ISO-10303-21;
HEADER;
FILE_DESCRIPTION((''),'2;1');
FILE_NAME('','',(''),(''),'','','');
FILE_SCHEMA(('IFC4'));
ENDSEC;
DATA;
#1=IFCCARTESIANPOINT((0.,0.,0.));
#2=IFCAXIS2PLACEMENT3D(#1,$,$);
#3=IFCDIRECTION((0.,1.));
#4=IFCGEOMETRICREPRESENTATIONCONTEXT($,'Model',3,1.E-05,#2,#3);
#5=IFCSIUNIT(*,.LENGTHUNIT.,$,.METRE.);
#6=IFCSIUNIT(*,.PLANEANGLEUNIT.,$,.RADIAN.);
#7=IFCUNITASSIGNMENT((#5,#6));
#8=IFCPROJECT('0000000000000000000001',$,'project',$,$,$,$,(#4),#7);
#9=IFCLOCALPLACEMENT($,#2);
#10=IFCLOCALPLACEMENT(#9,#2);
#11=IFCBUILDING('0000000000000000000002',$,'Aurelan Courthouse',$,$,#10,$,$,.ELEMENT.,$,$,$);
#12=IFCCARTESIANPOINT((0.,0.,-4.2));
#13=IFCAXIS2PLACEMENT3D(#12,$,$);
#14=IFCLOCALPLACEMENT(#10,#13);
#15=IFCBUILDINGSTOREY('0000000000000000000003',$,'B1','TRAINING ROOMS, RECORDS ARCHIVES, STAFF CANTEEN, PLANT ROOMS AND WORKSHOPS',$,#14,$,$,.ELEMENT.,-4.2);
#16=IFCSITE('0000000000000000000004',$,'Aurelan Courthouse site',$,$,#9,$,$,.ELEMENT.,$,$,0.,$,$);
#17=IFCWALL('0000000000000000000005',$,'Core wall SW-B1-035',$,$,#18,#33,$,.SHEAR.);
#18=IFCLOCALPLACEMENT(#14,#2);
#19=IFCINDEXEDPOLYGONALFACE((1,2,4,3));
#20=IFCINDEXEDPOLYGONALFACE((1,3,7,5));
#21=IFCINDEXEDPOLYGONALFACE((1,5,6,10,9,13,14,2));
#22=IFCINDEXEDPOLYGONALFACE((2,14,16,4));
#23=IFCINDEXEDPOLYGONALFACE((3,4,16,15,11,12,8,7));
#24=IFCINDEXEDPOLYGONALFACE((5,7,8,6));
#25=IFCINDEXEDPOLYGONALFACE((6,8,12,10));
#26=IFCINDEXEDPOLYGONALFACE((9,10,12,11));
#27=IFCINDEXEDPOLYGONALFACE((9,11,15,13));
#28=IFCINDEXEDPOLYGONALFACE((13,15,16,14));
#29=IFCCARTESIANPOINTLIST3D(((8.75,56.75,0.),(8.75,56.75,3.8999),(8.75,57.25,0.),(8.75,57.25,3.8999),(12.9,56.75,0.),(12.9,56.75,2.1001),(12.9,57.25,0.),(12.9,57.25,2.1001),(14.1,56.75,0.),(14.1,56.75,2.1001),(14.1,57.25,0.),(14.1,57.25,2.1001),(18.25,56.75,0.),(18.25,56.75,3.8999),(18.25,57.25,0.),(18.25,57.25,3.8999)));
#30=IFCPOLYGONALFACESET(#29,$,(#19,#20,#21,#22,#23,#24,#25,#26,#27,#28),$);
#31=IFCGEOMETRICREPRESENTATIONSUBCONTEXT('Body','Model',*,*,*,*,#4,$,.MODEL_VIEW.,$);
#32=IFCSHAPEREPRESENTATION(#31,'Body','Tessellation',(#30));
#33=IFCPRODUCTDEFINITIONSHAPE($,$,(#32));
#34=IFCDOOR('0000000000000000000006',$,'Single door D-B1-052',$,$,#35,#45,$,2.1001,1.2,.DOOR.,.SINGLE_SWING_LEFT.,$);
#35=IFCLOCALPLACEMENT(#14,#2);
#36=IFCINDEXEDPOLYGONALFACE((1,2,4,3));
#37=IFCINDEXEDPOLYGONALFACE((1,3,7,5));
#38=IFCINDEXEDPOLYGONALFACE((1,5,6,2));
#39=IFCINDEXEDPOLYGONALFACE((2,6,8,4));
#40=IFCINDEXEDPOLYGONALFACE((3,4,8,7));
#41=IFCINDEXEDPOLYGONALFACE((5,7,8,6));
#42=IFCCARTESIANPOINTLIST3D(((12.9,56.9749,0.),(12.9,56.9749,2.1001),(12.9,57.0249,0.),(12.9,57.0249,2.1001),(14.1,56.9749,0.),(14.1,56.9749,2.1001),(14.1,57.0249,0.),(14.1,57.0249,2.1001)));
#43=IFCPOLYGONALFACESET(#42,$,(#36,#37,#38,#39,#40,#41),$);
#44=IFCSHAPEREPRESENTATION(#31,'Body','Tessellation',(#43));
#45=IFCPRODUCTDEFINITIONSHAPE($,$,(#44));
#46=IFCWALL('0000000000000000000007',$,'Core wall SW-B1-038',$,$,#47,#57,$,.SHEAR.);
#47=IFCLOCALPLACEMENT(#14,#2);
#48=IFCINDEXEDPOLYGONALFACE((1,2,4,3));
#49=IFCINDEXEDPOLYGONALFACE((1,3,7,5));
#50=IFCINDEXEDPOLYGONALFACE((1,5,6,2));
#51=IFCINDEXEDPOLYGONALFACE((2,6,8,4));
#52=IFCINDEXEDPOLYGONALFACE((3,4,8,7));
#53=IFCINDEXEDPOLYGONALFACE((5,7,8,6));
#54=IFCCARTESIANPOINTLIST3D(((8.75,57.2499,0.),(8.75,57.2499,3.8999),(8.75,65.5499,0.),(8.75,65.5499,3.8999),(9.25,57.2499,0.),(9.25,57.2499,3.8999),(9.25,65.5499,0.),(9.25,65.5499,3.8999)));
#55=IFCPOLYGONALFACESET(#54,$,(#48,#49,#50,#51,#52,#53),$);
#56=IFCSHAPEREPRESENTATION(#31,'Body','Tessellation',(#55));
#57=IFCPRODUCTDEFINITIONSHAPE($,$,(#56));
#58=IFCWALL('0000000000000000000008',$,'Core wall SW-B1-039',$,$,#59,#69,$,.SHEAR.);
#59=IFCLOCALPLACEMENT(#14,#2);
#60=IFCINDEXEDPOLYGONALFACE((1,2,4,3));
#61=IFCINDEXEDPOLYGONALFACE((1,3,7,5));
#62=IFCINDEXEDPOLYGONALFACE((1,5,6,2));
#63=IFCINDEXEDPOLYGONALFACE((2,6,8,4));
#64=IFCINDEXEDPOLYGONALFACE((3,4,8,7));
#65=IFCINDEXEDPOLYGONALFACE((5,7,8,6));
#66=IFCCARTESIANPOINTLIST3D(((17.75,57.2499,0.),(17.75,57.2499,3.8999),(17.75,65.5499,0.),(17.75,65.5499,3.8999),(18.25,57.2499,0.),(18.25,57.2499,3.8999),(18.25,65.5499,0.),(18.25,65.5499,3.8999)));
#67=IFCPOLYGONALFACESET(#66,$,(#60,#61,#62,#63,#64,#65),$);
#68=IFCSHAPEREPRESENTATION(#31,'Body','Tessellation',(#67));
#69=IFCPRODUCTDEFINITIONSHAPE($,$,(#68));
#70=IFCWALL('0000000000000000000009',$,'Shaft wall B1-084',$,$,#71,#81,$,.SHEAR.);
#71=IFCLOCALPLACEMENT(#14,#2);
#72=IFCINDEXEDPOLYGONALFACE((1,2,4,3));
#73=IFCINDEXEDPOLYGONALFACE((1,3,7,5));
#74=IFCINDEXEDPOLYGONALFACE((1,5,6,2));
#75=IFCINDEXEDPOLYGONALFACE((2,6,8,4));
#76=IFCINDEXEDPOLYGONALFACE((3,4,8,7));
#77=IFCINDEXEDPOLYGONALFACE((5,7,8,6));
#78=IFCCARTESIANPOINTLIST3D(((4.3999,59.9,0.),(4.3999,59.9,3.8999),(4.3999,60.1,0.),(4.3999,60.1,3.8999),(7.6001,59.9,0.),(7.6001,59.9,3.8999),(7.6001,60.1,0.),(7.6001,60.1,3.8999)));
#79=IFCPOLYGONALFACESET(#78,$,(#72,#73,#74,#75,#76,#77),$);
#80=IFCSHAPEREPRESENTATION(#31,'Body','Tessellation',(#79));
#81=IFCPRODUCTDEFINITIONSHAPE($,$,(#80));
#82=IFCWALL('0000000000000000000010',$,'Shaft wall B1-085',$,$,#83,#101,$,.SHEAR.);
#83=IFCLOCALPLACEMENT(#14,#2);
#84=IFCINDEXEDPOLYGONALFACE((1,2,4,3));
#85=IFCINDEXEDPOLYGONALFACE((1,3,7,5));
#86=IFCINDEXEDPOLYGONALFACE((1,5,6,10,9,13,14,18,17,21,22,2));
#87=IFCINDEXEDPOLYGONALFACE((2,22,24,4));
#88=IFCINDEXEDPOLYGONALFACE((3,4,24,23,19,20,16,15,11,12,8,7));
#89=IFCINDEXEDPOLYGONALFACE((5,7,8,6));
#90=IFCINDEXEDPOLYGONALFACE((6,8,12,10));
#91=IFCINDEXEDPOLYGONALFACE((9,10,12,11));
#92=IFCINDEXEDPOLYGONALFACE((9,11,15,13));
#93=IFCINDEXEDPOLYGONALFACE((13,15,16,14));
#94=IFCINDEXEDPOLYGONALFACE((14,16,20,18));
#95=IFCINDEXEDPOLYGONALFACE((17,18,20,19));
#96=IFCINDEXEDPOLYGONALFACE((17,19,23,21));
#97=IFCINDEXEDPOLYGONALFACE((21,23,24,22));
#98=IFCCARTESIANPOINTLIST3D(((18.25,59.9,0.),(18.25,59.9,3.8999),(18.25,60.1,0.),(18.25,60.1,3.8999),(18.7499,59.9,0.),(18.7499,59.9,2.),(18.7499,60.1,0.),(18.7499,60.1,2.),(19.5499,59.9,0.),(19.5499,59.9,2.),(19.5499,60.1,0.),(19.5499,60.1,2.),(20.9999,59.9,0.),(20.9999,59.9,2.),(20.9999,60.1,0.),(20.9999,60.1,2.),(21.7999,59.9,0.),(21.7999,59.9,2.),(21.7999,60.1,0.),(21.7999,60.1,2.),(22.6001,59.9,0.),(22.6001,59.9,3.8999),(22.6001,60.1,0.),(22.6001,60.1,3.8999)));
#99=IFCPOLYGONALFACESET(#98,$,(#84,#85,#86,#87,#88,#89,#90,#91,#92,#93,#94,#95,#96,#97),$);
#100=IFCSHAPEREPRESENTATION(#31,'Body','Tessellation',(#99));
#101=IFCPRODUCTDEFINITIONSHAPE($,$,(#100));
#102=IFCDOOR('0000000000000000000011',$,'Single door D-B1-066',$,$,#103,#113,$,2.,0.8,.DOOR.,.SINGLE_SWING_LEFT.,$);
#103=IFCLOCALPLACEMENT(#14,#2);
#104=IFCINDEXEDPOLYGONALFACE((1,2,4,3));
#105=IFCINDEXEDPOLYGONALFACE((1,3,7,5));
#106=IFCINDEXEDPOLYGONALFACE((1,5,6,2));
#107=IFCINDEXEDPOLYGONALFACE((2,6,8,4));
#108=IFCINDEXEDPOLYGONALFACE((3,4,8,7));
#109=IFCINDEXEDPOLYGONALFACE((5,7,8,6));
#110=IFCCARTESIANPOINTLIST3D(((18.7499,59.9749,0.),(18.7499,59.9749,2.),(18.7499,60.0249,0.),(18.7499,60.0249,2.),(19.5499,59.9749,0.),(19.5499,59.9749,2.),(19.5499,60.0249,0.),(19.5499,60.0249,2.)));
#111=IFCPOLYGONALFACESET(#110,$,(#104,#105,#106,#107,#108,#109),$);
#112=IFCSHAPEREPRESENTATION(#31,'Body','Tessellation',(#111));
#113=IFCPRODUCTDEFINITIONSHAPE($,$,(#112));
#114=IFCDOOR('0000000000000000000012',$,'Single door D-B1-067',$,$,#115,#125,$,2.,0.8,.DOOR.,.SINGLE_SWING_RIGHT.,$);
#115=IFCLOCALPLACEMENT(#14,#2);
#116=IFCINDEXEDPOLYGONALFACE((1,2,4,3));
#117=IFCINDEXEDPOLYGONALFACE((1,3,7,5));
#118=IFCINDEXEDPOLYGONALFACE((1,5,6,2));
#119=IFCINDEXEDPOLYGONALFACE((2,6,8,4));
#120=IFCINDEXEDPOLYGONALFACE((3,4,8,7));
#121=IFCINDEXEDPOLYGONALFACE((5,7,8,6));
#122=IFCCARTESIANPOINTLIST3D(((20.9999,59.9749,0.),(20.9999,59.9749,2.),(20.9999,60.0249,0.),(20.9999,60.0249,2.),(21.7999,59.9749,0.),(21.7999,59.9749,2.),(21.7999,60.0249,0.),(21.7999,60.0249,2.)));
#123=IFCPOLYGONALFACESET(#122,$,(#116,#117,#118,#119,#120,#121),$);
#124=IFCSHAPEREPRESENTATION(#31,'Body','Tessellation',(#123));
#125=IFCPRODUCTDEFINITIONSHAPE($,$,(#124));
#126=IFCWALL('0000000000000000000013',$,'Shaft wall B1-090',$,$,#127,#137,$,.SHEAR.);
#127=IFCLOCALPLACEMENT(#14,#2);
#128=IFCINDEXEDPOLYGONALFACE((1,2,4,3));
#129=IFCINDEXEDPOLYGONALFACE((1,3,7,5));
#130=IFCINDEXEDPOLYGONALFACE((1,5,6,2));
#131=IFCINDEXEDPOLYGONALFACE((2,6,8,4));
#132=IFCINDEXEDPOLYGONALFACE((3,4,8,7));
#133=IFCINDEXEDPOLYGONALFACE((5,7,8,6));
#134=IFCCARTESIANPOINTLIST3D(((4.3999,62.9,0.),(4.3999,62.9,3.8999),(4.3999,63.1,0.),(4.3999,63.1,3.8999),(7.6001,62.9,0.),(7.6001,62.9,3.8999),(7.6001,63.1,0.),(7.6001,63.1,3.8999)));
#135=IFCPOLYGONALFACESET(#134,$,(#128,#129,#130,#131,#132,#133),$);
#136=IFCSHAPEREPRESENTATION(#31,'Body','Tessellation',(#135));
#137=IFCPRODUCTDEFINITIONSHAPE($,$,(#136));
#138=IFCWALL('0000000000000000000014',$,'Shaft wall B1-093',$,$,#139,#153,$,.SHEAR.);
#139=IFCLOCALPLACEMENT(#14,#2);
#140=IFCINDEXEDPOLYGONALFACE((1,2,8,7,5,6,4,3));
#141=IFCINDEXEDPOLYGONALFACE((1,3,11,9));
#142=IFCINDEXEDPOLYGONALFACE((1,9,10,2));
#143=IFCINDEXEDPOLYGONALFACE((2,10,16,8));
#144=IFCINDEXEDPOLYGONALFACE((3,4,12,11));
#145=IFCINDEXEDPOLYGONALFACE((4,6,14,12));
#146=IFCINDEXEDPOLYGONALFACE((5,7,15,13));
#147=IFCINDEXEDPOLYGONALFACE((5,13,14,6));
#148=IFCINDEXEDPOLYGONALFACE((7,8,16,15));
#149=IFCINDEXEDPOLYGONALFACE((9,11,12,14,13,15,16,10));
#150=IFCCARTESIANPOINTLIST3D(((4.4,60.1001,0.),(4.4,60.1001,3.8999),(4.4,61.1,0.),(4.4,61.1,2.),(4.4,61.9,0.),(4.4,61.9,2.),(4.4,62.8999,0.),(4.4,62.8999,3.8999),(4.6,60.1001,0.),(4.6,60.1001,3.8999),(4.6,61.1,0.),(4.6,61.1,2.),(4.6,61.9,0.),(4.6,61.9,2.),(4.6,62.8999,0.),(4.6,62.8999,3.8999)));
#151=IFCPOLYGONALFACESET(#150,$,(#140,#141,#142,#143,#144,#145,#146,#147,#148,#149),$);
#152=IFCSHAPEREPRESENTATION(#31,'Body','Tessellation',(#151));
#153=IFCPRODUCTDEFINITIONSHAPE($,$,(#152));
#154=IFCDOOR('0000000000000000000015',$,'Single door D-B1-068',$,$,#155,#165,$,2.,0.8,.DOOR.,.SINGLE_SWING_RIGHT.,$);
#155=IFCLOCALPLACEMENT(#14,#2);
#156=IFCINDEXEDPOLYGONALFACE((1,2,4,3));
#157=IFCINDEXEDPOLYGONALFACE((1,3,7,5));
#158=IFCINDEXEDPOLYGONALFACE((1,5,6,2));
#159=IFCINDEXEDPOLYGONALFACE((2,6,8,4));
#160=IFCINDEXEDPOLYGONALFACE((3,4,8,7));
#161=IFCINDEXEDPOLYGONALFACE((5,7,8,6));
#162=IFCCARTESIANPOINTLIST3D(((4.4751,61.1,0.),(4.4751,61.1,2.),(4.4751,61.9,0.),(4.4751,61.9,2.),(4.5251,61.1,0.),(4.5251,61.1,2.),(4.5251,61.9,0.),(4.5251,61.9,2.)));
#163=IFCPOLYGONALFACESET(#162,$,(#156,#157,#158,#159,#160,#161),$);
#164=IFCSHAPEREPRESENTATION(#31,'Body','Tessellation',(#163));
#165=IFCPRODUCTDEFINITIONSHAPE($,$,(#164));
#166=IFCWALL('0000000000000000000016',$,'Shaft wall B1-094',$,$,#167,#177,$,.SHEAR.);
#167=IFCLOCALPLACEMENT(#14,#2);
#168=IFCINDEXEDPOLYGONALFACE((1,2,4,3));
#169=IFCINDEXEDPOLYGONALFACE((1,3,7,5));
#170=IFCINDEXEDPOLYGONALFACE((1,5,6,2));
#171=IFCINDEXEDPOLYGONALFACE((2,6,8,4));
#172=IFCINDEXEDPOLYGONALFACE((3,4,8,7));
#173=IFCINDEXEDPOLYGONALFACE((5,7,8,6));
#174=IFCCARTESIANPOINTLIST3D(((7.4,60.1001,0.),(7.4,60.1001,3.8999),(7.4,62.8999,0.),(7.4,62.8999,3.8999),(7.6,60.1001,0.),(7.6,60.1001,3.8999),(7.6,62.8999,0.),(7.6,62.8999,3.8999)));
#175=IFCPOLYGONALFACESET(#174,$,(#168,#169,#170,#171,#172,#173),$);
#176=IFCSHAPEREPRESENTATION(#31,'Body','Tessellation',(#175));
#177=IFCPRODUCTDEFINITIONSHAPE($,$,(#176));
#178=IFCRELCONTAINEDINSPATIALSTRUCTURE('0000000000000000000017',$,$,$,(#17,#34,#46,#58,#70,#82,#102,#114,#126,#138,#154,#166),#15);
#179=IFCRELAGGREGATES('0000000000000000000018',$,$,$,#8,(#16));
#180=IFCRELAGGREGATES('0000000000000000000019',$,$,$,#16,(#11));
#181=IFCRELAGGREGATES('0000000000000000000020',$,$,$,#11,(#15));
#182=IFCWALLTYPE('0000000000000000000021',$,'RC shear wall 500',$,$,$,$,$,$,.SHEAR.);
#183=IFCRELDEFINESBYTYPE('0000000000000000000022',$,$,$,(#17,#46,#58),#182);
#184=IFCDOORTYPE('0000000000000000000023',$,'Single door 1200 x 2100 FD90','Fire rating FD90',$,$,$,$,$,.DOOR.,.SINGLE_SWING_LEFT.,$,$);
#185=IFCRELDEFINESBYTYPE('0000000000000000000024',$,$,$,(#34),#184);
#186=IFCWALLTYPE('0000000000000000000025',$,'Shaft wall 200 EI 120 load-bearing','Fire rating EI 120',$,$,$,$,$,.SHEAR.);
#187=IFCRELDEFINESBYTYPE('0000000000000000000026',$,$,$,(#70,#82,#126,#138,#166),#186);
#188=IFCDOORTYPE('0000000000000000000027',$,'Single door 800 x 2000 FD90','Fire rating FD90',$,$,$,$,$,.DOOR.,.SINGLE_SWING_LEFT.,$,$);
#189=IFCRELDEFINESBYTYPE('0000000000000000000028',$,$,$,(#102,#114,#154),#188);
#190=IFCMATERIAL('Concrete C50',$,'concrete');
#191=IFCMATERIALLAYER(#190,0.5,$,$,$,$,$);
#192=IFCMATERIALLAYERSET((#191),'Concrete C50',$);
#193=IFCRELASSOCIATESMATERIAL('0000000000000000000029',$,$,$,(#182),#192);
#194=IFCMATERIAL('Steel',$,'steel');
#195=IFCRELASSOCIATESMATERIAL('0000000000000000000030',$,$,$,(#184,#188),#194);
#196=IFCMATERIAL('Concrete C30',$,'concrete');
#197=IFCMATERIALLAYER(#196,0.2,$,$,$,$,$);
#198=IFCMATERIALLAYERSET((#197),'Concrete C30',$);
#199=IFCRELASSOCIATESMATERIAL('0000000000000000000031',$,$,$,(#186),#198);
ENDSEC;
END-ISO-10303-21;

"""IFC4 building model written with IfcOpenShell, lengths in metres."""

from ifc_helpers import new_model, si_unit, direction, frame, frame_2d, origin, place, context, subcontext, project, spatial, rectangle, extrude, material, layer, layer_set, type_object, element, fill, save


model = new_model("IFC4")

# Units and contexts
model_context = context("Model", 3, precision=1e-05, world=origin(), true_north=direction((0.0, 1.0)))
body_context = subcontext(model_context, "Body", "Model", "MODEL_VIEW")
ifc_project = project(units=[si_unit("LENGTHUNIT", "METRE"), si_unit("PLANEANGLEUNIT", "RADIAN")], contexts=[model_context])

# Site, building, storey
site_placement = place(None, origin())
site = spatial("IfcSite", under=ifc_project, at=site_placement, Name="Aurelan Courthouse site", CompositionType="ELEMENT", RefElevation=0.0)
building_placement = place(site_placement, origin())
building = spatial("IfcBuilding", under=site, at=building_placement, Name="Aurelan Courthouse", CompositionType="ELEMENT")
storey_placement = place(building_placement, frame((0.0, 0.0, -4.2)))
storey = spatial("IfcBuildingStorey", under=building, at=storey_placement, Name="B1", Description="TRAINING ROOMS, RECORDS ARCHIVES, STAFF CANTEEN, PLANT ROOMS AND WORKSHOPS", CompositionType="ELEMENT", Elevation=-4.2)

# Shared definitions
ifc_material_1 = material(Name="Concrete C50", Category="concrete")

# Wall, opening, door
ifc_layer_1 = layer(ifc_material_1, 0.5)
ifc_layer_set_1 = layer_set([ifc_layer_1], Name="Concrete C50")
wall_type_1 = type_object("IfcWallType", Name="RC shear wall 500", PredefinedType="SHEAR", material=ifc_layer_set_1)
wall_1_placement = place(storey_placement, frame((8.75, 57.0, 0.0), z_axis=(0.0, 0.0, 1.0), x_axis=(1.0, 0.0, 0.0)))
wall_1 = element("IfcWall", 1, at=wall_1_placement, inside=storey, type_object=wall_type_1, Name="Core wall SW-B1-035", PredefinedType="SHEAR", context=body_context, shape_type="SweptSolid", body=[
    extrude(rectangle(XDim=9.5, YDim=0.5, at=frame_2d((4.75, 0.0))), origin(), (0.0, 0.0, 1.0), 3.8999),
])
opening_1_placement = place(wall_1_placement, frame((4.1499, 0.0, 0.0)))
opening_1 = element("IfcOpeningElement", 2, at=opening_1_placement, cuts=wall_1, PredefinedType="OPENING", context=body_context, shape_type="SweptSolid", body=[
    extrude(rectangle(XDim=1.2, YDim=2.1001, at=frame_2d((0.6001, 1.05))), frame((0.0, 0.26, 0.0), z_axis=(0.0, -1.0, 0.0), x_axis=(1.0, 0.0, 0.0)), (0.0, 0.0, 1.0), 0.52),
])
ifc_material_2 = material(Name="Steel", Category="steel")
door_type_1 = type_object("IfcDoorType", Name="Single door 1200 x 2100 FD90", Description="Fire rating FD90", OperationType="SINGLE_SWING_LEFT", PredefinedType="DOOR", material=ifc_material_2)
door_1_placement = place(opening_1_placement, origin())
door_1 = element("IfcDoor", 3, at=door_1_placement, inside=storey, type_object=door_type_1, Name="Single door D-B1-052", OperationType="SINGLE_SWING_LEFT", OverallHeight=2.1001, OverallWidth=1.2, PredefinedType="DOOR", context=body_context, shape_type="SweptSolid", body=[
    extrude(rectangle(XDim=1.2, YDim=2.1001, at=frame_2d((0.6001, 1.05))), frame((0.0, 0.0249, 0.0), z_axis=(0.0, -1.0, 0.0), x_axis=(1.0, 0.0, 0.0)), (0.0, 0.0, 1.0), 0.05),
])
fill(opening_1, door_1)

# Walls
for number, where, z_axis, x_axis, name in (
    (4, (9.0, 57.25, 0.0), (0.0, 0.0, 1.0), (0.0, 1.0, 0.0), "Core wall SW-B1-038"),
    (5, (18.0, 57.25, 0.0), (0.0, 0.0, 1.0), (0.0, 1.0, 0.0), "Core wall SW-B1-039"),
):
    element("IfcWall", number, at=place(storey_placement, frame(where, z_axis=z_axis, x_axis=x_axis)), inside=storey, type_object=wall_type_1, Name=name, PredefinedType="SHEAR", context=body_context, shape_type="SweptSolid", body=[
        extrude(rectangle(XDim=8.3, YDim=0.5, at=frame_2d((4.1499, 0.0))), origin(), (0.0, 0.0, 1.0), 3.8999),
    ])
ifc_material_3 = material(Name="Concrete C30", Category="concrete")
ifc_layer_2 = layer(ifc_material_3, 0.2)
ifc_layer_set_2 = layer_set([ifc_layer_2], Name="Concrete C30")
wall_type_2 = type_object("IfcWallType", Name="Shaft wall 200 EI 120 load-bearing", Description="Fire rating EI 120", PredefinedType="SHEAR", material=ifc_layer_set_2)
wall_2_placement = place(storey_placement, frame((4.3999, 60.0, 0.0), z_axis=(0.0, 0.0, 1.0), x_axis=(1.0, 0.0, 0.0)))
element("IfcWall", 6, at=wall_2_placement, inside=storey, type_object=wall_type_2, Name="Shaft wall B1-084", PredefinedType="SHEAR", context=body_context, shape_type="SweptSolid", body=[
    extrude(rectangle(XDim=3.2002, YDim=0.2, at=frame_2d((1.6001, 0.0))), origin(), (0.0, 0.0, 1.0), 3.8999),
])

# Wall, openings, doors
wall_3_placement = place(storey_placement, frame((18.25, 60.0, 0.0), z_axis=(0.0, 0.0, 1.0), x_axis=(1.0, 0.0, 0.0)))
wall_3 = element("IfcWall", 7, at=wall_3_placement, inside=storey, type_object=wall_type_2, Name="Shaft wall B1-085", PredefinedType="SHEAR", context=body_context, shape_type="SweptSolid", body=[
    extrude(rectangle(XDim=4.3501, YDim=0.2, at=frame_2d((2.175, 0.0))), origin(), (0.0, 0.0, 1.0), 3.8999),
])
opening_2_placement = place(wall_3_placement, frame((0.5, 0.0, 0.0)))
opening_2 = element("IfcOpeningElement", 8, at=opening_2_placement, cuts=wall_3, PredefinedType="OPENING", context=body_context, shape_type="SweptSolid", body=[
    extrude(rectangle(XDim=0.8, YDim=2.0, at=frame_2d((0.3999, 1.0))), frame((0.0, 0.1099, 0.0), z_axis=(0.0, -1.0, 0.0), x_axis=(1.0, 0.0, 0.0)), (0.0, 0.0, 1.0), 0.22),
])
opening_3_placement = place(wall_3_placement, frame((2.75, 0.0, 0.0)))
opening_3 = element("IfcOpeningElement", 9, at=opening_3_placement, cuts=wall_3, PredefinedType="OPENING", context=body_context, shape_type="SweptSolid", body=[
    extrude(rectangle(XDim=0.8, YDim=2.0, at=frame_2d((0.3999, 1.0))), frame((0.0, 0.1099, 0.0), z_axis=(0.0, -1.0, 0.0), x_axis=(1.0, 0.0, 0.0)), (0.0, 0.0, 1.0), 0.22),
])
door_type_2 = type_object("IfcDoorType", Name="Single door 800 x 2000 FD90", Description="Fire rating FD90", OperationType="SINGLE_SWING_LEFT", PredefinedType="DOOR", material=ifc_material_2)
door_2_placement = place(opening_2_placement, origin())
door_2 = element("IfcDoor", 10, at=door_2_placement, inside=storey, type_object=door_type_2, Name="Single door D-B1-066", OperationType="SINGLE_SWING_LEFT", OverallHeight=2.0, OverallWidth=0.8, PredefinedType="DOOR", context=body_context, shape_type="SweptSolid", body=[
    extrude(rectangle(XDim=0.8, YDim=2.0, at=frame_2d((0.3999, 1.0))), frame((0.0, 0.0249, 0.0), z_axis=(0.0, -1.0, 0.0), x_axis=(1.0, 0.0, 0.0)), (0.0, 0.0, 1.0), 0.05),
])
fill(opening_2, door_2)
door_3_placement = place(opening_3_placement, origin())
door_3 = element("IfcDoor", 11, at=door_3_placement, inside=storey, type_object=door_type_2, Name="Single door D-B1-067", OperationType="SINGLE_SWING_RIGHT", OverallHeight=2.0, OverallWidth=0.8, PredefinedType="DOOR", context=body_context, shape_type="SweptSolid", body=[
    extrude(rectangle(XDim=0.8, YDim=2.0, at=frame_2d((0.3999, 1.0))), frame((0.0, 0.0249, 0.0), z_axis=(0.0, -1.0, 0.0), x_axis=(1.0, 0.0, 0.0)), (0.0, 0.0, 1.0), 0.05),
])
fill(opening_3, door_3)

# Wall
wall_4_placement = place(storey_placement, frame((4.3999, 63.0, 0.0), z_axis=(0.0, 0.0, 1.0), x_axis=(1.0, 0.0, 0.0)))
element("IfcWall", 12, at=wall_4_placement, inside=storey, type_object=wall_type_2, Name="Shaft wall B1-090", PredefinedType="SHEAR", context=body_context, shape_type="SweptSolid", body=[
    extrude(rectangle(XDim=3.2002, YDim=0.2, at=frame_2d((1.6001, 0.0))), origin(), (0.0, 0.0, 1.0), 3.8999),
])

# Wall, opening, door
wall_5_placement = place(storey_placement, frame((4.5, 60.1001, 0.0), z_axis=(0.0, 0.0, 1.0), x_axis=(0.0, 1.0, 0.0)))
wall_5 = element("IfcWall", 13, at=wall_5_placement, inside=storey, type_object=wall_type_2, Name="Shaft wall B1-093", PredefinedType="SHEAR", context=body_context, shape_type="SweptSolid", body=[
    extrude(rectangle(XDim=2.7998, YDim=0.2, at=frame_2d((1.3999, 0.0))), origin(), (0.0, 0.0, 1.0), 3.8999),
])
opening_4_placement = place(wall_5_placement, frame((1.0, 0.0, 0.0)))
opening_4 = element("IfcOpeningElement", 14, at=opening_4_placement, cuts=wall_5, PredefinedType="OPENING", context=body_context, shape_type="SweptSolid", body=[
    extrude(rectangle(XDim=0.8, YDim=2.0, at=frame_2d((0.3999, 1.0))), frame((0.0, 0.1099, 0.0), z_axis=(0.0, -1.0, 0.0), x_axis=(1.0, 0.0, 0.0)), (0.0, 0.0, 1.0), 0.22),
])
door_4_placement = place(opening_4_placement, origin())
door_4 = element("IfcDoor", 15, at=door_4_placement, inside=storey, type_object=door_type_2, Name="Single door D-B1-068", OperationType="SINGLE_SWING_RIGHT", OverallHeight=2.0, OverallWidth=0.8, PredefinedType="DOOR", context=body_context, shape_type="SweptSolid", body=[
    extrude(rectangle(XDim=0.8, YDim=2.0, at=frame_2d((0.3999, 1.0))), frame((0.0, 0.0249, 0.0), z_axis=(0.0, -1.0, 0.0), x_axis=(1.0, 0.0, 0.0)), (0.0, 0.0, 1.0), 0.05),
])
fill(opening_4, door_4)

# Wall
wall_6_placement = place(storey_placement, frame((7.5, 60.1001, 0.0), z_axis=(0.0, 0.0, 1.0), x_axis=(0.0, 1.0, 0.0)))
element("IfcWall", 16, at=wall_6_placement, inside=storey, type_object=wall_type_2, Name="Shaft wall B1-094", PredefinedType="SHEAR", context=body_context, shape_type="SweptSolid", body=[
    extrude(rectangle(XDim=2.7998, YDim=0.2, at=frame_2d((1.3999, 0.0))), origin(), (0.0, 0.0, 1.0), 3.8999),
])

save(model, "model.ifc")
